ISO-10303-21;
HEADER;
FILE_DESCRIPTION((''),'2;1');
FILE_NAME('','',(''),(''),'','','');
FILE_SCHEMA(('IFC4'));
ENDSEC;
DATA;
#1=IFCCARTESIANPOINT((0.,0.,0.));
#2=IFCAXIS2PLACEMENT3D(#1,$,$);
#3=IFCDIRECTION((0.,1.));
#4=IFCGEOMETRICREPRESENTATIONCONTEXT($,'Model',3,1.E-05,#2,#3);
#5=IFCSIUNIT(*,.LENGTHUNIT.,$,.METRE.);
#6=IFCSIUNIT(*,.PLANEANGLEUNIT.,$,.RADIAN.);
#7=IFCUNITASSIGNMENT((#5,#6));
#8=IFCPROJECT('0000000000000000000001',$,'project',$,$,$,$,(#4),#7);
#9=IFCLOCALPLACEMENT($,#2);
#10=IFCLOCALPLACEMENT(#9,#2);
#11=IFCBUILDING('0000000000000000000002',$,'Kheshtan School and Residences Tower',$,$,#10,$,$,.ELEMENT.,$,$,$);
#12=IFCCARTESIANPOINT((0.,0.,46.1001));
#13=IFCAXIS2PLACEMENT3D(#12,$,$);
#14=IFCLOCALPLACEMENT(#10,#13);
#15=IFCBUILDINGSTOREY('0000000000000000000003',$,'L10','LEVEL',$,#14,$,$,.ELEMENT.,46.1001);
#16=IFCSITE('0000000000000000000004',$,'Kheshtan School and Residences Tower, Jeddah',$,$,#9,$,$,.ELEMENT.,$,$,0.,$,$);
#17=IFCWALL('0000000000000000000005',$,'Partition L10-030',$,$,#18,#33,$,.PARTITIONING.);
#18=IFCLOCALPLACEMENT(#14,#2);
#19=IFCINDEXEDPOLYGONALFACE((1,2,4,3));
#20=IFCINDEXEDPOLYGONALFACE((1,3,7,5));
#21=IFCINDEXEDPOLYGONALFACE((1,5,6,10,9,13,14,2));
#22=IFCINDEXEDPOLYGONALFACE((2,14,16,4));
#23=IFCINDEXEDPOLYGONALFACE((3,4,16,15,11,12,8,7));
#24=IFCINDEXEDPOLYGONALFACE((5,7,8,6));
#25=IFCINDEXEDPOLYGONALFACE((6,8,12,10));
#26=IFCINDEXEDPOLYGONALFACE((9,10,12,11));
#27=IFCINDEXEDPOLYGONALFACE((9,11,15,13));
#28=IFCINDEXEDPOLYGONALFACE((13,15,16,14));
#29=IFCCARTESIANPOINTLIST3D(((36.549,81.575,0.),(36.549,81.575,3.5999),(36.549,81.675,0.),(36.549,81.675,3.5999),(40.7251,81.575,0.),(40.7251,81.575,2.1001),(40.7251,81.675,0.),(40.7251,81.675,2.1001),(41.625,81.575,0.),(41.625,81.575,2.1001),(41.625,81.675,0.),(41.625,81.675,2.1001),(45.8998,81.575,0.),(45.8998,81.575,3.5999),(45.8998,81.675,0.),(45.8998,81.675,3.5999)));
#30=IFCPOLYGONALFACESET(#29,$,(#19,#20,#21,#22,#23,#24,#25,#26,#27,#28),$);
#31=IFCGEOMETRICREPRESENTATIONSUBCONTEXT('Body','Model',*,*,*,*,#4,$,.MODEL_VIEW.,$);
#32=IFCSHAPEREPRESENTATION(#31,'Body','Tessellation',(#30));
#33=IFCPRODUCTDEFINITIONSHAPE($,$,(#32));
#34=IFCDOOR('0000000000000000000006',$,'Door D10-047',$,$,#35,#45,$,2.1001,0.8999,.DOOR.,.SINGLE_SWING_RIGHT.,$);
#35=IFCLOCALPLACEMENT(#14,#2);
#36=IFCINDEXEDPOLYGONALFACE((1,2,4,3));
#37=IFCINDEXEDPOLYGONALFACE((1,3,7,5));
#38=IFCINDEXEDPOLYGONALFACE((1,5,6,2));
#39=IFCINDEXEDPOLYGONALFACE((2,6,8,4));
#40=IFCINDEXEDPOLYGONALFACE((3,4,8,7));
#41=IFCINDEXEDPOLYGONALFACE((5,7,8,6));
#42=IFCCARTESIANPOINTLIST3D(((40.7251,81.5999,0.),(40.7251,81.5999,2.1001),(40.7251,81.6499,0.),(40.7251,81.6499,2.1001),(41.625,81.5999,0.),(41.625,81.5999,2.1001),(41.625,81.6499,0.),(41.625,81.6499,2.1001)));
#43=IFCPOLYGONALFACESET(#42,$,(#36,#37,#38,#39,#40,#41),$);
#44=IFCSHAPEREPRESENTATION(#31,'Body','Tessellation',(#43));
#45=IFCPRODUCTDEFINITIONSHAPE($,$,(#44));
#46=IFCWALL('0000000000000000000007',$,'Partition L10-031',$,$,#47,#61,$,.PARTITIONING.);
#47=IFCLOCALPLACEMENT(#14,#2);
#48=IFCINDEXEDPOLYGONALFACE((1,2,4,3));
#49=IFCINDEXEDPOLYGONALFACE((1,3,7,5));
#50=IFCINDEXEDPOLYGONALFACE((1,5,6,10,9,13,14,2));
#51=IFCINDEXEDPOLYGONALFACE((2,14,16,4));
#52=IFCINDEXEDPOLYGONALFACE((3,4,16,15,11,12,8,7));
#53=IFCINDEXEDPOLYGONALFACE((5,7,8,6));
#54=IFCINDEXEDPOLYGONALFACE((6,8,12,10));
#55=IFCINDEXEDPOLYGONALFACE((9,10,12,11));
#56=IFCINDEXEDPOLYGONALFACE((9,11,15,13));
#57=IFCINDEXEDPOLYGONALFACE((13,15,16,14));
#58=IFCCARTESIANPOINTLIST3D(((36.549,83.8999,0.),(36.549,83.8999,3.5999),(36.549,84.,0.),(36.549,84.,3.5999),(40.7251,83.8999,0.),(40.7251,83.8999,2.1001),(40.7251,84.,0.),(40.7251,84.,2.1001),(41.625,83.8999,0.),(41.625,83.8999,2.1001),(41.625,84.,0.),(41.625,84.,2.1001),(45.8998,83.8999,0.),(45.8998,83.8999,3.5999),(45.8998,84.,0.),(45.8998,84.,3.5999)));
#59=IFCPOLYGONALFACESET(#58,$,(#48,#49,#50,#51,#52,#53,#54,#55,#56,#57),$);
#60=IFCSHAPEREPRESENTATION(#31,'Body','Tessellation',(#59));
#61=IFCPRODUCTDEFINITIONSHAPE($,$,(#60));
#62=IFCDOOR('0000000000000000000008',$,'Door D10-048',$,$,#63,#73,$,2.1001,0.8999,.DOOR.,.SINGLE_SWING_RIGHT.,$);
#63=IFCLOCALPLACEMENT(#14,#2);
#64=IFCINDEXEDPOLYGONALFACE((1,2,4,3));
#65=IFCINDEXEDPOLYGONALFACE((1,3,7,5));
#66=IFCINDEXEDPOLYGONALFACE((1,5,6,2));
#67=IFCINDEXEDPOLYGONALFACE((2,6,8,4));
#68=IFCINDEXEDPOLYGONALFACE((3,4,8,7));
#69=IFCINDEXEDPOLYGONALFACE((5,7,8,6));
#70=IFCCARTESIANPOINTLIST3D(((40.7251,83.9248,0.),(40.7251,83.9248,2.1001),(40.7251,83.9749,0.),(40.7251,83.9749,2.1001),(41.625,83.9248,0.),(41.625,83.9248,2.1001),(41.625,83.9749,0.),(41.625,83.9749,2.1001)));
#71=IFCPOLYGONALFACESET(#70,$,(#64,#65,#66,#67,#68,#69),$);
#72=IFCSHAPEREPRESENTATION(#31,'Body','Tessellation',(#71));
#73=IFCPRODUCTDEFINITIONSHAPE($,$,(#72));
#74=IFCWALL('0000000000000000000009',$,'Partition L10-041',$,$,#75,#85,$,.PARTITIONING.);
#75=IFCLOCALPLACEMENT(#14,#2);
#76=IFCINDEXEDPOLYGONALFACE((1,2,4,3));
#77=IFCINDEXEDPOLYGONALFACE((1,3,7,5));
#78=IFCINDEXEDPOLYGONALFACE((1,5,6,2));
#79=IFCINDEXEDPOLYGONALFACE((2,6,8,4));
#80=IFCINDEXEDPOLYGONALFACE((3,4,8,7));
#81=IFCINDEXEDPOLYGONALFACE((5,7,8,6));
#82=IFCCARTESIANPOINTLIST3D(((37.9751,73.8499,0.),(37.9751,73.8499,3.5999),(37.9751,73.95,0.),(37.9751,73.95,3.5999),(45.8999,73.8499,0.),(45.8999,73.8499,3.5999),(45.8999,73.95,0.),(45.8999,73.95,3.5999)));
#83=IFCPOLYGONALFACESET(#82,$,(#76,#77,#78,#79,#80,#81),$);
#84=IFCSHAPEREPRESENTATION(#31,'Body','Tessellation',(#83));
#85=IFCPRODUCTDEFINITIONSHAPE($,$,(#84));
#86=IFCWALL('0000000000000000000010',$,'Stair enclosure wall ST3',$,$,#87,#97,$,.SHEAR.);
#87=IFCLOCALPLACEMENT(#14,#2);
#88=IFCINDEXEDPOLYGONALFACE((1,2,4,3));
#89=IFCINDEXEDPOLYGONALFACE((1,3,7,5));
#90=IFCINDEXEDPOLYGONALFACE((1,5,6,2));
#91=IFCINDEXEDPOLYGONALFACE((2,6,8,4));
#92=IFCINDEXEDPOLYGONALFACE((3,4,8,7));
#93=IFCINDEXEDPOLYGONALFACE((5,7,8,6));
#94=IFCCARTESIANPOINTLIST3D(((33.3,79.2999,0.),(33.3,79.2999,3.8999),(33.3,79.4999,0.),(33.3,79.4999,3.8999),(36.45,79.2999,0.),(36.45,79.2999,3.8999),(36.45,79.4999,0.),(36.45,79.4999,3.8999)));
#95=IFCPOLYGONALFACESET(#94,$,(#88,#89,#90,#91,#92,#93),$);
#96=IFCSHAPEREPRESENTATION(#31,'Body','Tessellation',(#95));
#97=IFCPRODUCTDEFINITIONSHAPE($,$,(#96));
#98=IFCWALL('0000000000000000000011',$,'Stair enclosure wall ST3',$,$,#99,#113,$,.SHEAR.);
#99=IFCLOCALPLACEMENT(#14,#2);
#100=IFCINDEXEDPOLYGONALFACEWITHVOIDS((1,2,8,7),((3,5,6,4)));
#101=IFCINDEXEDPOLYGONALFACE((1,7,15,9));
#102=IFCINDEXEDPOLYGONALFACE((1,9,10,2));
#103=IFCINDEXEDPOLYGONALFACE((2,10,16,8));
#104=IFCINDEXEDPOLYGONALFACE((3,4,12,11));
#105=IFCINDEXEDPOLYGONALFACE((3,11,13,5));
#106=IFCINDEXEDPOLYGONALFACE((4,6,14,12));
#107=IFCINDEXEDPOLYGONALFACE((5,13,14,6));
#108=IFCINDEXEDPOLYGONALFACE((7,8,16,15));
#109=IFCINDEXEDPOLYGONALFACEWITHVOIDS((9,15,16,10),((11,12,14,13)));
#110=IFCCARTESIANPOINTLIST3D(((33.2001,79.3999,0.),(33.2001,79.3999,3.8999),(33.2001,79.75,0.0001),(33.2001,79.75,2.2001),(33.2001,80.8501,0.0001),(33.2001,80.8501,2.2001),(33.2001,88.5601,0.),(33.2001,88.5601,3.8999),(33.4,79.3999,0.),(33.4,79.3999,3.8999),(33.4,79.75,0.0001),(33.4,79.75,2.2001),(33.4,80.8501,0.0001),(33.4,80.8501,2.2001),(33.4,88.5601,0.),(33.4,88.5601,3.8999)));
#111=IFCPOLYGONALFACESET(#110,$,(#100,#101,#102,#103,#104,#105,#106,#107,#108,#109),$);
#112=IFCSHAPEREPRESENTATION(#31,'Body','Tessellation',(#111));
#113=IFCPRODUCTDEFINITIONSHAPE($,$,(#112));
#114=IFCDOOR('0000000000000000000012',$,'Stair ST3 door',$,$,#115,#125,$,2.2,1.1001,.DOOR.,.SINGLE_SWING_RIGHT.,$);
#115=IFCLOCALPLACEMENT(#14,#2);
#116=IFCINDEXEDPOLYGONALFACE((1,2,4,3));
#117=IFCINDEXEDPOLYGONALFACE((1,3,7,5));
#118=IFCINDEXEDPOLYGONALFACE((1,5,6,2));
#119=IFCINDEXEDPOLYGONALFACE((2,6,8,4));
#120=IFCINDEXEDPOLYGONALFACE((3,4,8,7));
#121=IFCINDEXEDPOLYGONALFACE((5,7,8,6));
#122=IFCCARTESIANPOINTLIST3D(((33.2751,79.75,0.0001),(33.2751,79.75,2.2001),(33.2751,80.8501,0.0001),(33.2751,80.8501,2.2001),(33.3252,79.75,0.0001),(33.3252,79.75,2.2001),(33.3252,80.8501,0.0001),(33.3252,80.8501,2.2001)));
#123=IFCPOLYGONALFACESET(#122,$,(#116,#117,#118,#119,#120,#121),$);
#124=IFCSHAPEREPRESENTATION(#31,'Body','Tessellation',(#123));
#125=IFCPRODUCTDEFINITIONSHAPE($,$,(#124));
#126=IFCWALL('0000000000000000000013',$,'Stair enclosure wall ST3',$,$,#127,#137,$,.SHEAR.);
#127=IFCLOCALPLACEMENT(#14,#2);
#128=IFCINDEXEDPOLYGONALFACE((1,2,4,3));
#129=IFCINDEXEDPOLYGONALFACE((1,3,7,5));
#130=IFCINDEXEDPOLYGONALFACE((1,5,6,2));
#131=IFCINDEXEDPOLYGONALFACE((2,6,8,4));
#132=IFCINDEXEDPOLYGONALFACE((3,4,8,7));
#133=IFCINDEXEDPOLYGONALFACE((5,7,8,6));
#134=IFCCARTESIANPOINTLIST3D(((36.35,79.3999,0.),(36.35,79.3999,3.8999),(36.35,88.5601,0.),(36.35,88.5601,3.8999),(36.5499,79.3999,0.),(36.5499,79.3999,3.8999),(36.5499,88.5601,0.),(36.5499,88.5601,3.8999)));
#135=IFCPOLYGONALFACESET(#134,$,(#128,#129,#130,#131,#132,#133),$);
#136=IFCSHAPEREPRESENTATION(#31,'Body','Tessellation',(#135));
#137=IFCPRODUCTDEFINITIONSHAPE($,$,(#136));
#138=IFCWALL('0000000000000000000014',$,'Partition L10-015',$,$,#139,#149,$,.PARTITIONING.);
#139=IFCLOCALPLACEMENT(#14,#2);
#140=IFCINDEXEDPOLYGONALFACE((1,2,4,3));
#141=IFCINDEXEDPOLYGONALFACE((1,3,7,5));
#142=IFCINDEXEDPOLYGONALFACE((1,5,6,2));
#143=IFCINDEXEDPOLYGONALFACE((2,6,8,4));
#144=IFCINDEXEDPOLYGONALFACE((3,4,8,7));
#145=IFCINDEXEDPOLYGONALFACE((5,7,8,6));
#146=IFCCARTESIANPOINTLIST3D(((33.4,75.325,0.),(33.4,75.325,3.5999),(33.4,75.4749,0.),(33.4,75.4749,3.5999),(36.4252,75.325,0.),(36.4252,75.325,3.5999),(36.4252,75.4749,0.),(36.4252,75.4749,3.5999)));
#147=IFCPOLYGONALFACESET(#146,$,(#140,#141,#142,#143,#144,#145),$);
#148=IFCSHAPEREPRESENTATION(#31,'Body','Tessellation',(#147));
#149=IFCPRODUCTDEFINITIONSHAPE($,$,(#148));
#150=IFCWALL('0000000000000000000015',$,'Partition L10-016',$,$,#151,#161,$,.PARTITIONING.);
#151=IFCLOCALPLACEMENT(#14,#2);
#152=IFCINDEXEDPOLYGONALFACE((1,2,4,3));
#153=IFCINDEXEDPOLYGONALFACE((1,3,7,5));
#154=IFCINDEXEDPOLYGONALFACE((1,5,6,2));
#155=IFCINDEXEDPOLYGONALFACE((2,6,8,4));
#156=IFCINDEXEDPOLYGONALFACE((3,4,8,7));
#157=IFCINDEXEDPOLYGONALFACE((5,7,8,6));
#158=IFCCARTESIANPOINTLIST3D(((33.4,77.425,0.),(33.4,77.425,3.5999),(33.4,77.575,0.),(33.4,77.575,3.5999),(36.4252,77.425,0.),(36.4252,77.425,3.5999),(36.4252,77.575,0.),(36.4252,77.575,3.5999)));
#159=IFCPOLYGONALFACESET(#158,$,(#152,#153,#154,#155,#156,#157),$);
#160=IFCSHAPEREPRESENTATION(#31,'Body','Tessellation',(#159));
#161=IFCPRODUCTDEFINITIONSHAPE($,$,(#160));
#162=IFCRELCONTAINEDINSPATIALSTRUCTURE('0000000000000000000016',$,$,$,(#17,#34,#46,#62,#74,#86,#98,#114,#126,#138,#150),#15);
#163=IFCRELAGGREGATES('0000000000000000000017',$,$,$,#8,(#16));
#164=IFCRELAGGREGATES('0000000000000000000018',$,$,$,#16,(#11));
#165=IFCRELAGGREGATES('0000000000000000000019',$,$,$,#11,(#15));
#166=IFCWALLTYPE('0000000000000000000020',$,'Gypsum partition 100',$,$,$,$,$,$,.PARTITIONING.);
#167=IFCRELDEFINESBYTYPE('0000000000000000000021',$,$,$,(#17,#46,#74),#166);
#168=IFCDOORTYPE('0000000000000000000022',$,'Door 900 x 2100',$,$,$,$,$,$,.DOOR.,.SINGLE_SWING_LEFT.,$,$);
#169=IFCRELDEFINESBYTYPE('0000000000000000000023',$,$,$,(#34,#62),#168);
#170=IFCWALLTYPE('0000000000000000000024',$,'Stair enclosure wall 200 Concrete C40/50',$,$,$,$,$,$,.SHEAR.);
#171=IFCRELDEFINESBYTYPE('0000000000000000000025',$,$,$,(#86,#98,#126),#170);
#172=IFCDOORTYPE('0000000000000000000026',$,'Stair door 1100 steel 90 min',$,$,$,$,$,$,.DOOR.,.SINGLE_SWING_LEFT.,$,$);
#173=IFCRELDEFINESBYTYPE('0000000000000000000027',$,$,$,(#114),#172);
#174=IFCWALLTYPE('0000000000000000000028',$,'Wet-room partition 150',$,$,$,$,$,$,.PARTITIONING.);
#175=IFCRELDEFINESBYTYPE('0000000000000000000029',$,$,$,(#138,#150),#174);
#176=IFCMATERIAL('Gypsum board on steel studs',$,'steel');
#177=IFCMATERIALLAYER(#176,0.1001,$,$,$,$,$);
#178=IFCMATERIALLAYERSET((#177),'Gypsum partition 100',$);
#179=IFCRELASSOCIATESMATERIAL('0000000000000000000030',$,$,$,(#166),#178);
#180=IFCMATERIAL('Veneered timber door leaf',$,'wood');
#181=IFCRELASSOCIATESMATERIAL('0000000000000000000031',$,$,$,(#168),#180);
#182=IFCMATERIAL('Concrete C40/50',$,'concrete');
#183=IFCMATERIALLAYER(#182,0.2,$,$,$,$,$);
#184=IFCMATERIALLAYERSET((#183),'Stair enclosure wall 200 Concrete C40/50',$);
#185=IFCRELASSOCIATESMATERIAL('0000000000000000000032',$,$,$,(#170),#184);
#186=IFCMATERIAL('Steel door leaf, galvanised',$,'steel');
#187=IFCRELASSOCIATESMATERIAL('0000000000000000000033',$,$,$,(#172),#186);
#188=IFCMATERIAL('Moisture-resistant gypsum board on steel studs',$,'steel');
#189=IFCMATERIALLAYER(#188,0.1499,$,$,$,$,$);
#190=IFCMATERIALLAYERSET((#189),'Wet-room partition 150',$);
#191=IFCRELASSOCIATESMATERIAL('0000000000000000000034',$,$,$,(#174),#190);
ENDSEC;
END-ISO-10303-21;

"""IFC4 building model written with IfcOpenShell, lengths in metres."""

from ifc_helpers import new_model, si_unit, direction, frame, frame_2d, origin, place, context, subcontext, project, spatial, rectangle, extrude, source, transform, mapped, material, layer, layer_set, type_object, element, fill, save


model = new_model("IFC4")

# Units and contexts
model_context = context("Model", 3, precision=1e-05, world=origin(), true_north=direction((0.0, 1.0)))
body_context = subcontext(model_context, "Body", "Model", "MODEL_VIEW")
ifc_project = project(units=[si_unit("LENGTHUNIT", "METRE"), si_unit("PLANEANGLEUNIT", "RADIAN")], contexts=[model_context])

# Site, building, storey
site_placement = place(None, origin())
site = spatial("IfcSite", under=ifc_project, at=site_placement, Name="Kheshtan School and Residences Tower, Jeddah", CompositionType="ELEMENT", RefElevation=0.0)
building_placement = place(site_placement, origin())
building = spatial("IfcBuilding", under=site, at=building_placement, Name="Kheshtan School and Residences Tower", CompositionType="ELEMENT")
storey_placement = place(building_placement, frame((0.0, 0.0, 46.1001)))
storey = spatial("IfcBuildingStorey", under=building, at=storey_placement, Name="L10", Description="LEVEL", CompositionType="ELEMENT", Elevation=46.1001)

# Shared definitions
ifc_material_1 = material(Name="Gypsum board on steel studs", Category="steel")
ifc_layer_1 = layer(ifc_material_1, 0.1001)
ifc_layer_set_1 = layer_set([ifc_layer_1], Name="Gypsum partition 100")
wall_type_1 = type_object("IfcWallType", Name="Gypsum partition 100", PredefinedType="PARTITIONING", material=ifc_layer_set_1)

# Walls, openings, doors
ifc_material_2 = material(Name="Veneered timber door leaf", Category="wood")
door_type_1 = type_object("IfcDoorType", Name="Door 900 x 2100", OperationType="SINGLE_SWING_LEFT", PredefinedType="DOOR", material=ifc_material_2)
shared_shape_1 = source(origin(), body_context, "Body", "SweptSolid", [
    extrude(rectangle(XDim=0.8999, YDim=2.1001, at=frame_2d((0.45, 1.05))), frame((0.0, 0.0249, 0.0), z_axis=(0.0, -1.0, 0.0), x_axis=(1.0, 0.0, 0.0)), (0.0, 0.0, 1.0), 0.05),
])
wall_1_placement = place(storey_placement, frame((36.5491, 81.625, 0.0), z_axis=(0.0, 0.0, 1.0), x_axis=(1.0, 0.0, 0.0)))
wall_1 = element("IfcWall", 1, at=wall_1_placement, inside=storey, type_object=wall_type_1, Name="Partition L10-030", PredefinedType="PARTITIONING", context=body_context, shape_type="SweptSolid", body=[
    extrude(rectangle(XDim=9.3508, YDim=0.1001, at=frame_2d((4.6753, 0.0))), origin(), (0.0, 0.0, 1.0), 3.5999),
])
opening_1_placement = place(wall_1_placement, frame((4.176, 0.0, 0.0)))
opening_1 = element("IfcOpeningElement", 2, at=opening_1_placement, cuts=wall_1, PredefinedType="OPENING", context=body_context, shape_type="SweptSolid", body=[
    extrude(rectangle(XDim=0.8999, YDim=2.1001, at=frame_2d((0.45, 1.05))), frame((0.0, 0.0601, 0.0), z_axis=(0.0, -1.0, 0.0), x_axis=(1.0, 0.0, 0.0)), (0.0, 0.0, 1.0), 0.1201),
])
door_1_placement = place(opening_1_placement, origin())
door_1 = element("IfcDoor", 3, at=door_1_placement, inside=storey, type_object=door_type_1, Name="Door D10-047", OperationType="SINGLE_SWING_RIGHT", OverallHeight=2.1001, OverallWidth=0.8999, PredefinedType="DOOR", context=body_context, shape_type="MappedRepresentation", body=[
    mapped(shared_shape_1, transform((0.0, 0.0, 0.0), x_axis=(1.0, 0.0, 0.0), y_axis=(0.0, 1.0, 0.0), z_axis=(0.0, 0.0, 1.0), scale=1.0)),
])
fill(opening_1, door_1)
wall_2_placement = place(storey_placement, frame((36.5491, 83.95, 0.0), z_axis=(0.0, 0.0, 1.0), x_axis=(1.0, 0.0, 0.0)))
wall_2 = element("IfcWall", 4, at=wall_2_placement, inside=storey, type_object=wall_type_1, Name="Partition L10-031", PredefinedType="PARTITIONING", context=body_context, shape_type="SweptSolid", body=[
    extrude(rectangle(XDim=9.3508, YDim=0.1001, at=frame_2d((4.6753, 0.0))), origin(), (0.0, 0.0, 1.0), 3.5999),
])
opening_2_placement = place(wall_2_placement, frame((4.176, 0.0, 0.0)))
opening_2 = element("IfcOpeningElement", 5, at=opening_2_placement, cuts=wall_2, PredefinedType="OPENING", context=body_context, shape_type="SweptSolid", body=[
    extrude(rectangle(XDim=0.8999, YDim=2.1001, at=frame_2d((0.45, 1.05))), frame((0.0, 0.0601, 0.0), z_axis=(0.0, -1.0, 0.0), x_axis=(1.0, 0.0, 0.0)), (0.0, 0.0, 1.0), 0.1201),
])
door_2_placement = place(opening_2_placement, origin())
door_2 = element("IfcDoor", 6, at=door_2_placement, inside=storey, type_object=door_type_1, Name="Door D10-048", OperationType="SINGLE_SWING_RIGHT", OverallHeight=2.1001, OverallWidth=0.8999, PredefinedType="DOOR", context=body_context, shape_type="MappedRepresentation", body=[
    mapped(shared_shape_1, transform((0.0, 0.0, 0.0), x_axis=(1.0, 0.0, 0.0), y_axis=(0.0, 1.0, 0.0), z_axis=(0.0, 0.0, 1.0), scale=1.0)),
])
fill(opening_2, door_2)

# Walls
wall_3_placement = place(storey_placement, frame((37.9751, 73.8999, 0.0), z_axis=(0.0, 0.0, 1.0), x_axis=(1.0, 0.0, 0.0)))
element("IfcWall", 7, at=wall_3_placement, inside=storey, type_object=wall_type_1, Name="Partition L10-041", PredefinedType="PARTITIONING", context=body_context, shape_type="SweptSolid", body=[
    extrude(rectangle(XDim=7.9248, YDim=0.1001, at=frame_2d((3.9624, 0.0))), origin(), (0.0, 0.0, 1.0), 3.5999),
])
ifc_material_3 = material(Name="Concrete C40/50", Category="concrete")
ifc_layer_2 = layer(ifc_material_3, 0.2)
ifc_layer_set_2 = layer_set([ifc_layer_2], Name="Stair enclosure wall 200 Concrete C40/50")
wall_type_2 = type_object("IfcWallType", Name="Stair enclosure wall 200 Concrete C40/50", PredefinedType="SHEAR", material=ifc_layer_set_2)
wall_4_placement = place(storey_placement, frame((33.3, 79.3999, 0.0), z_axis=(0.0, 0.0, 1.0), x_axis=(1.0, 0.0, 0.0)))
element("IfcWall", 8, at=wall_4_placement, inside=storey, type_object=wall_type_2, Name="Stair enclosure wall ST3", PredefinedType="SHEAR", context=body_context, shape_type="SweptSolid", body=[
    extrude(rectangle(XDim=3.1499, YDim=0.2, at=frame_2d((1.575, 0.0))), origin(), (0.0, 0.0, 1.0), 3.8999),
])

# Wall, opening, door
wall_5_placement = place(storey_placement, frame((33.3, 79.3999, 0.0), z_axis=(0.0, 0.0, 1.0), x_axis=(0.0, 1.0, 0.0)))
wall_5 = element("IfcWall", 9, at=wall_5_placement, inside=storey, type_object=wall_type_2, Name="Stair enclosure wall ST3", PredefinedType="SHEAR", context=body_context, shape_type="SweptSolid", body=[
    extrude(rectangle(XDim=9.1602, YDim=0.2, at=frame_2d((4.5801, 0.0))), origin(), (0.0, 0.0, 1.0), 3.8999),
])
opening_3_placement = place(wall_5_placement, frame((0.3501, 0.0, 0.0)))
opening_3 = element("IfcOpeningElement", 10, at=opening_3_placement, cuts=wall_5, PredefinedType="OPENING", context=body_context, shape_type="SweptSolid", body=[
    extrude(rectangle(XDim=1.1001, YDim=2.2, at=frame_2d((0.55, 1.1001))), frame((0.0, 0.1099, 0.0), z_axis=(0.0, -1.0, 0.0), x_axis=(1.0, 0.0, 0.0)), (0.0, 0.0, 1.0), 0.22),
])
ifc_material_4 = material(Name="Steel door leaf, galvanised", Category="steel")
door_type_2 = type_object("IfcDoorType", Name="Stair door 1100 steel 90 min", OperationType="SINGLE_SWING_LEFT", PredefinedType="DOOR", material=ifc_material_4)
shared_shape_2 = source(origin(), body_context, "Body", "SweptSolid", [
    extrude(rectangle(XDim=1.1001, YDim=2.2, at=frame_2d((0.55, 1.1001))), frame((0.0, 0.0249, 0.0), z_axis=(0.0, -1.0, 0.0), x_axis=(1.0, 0.0, 0.0)), (0.0, 0.0, 1.0), 0.05),
])
door_3_placement = place(opening_3_placement, origin())
door_3 = element("IfcDoor", 11, at=door_3_placement, inside=storey, type_object=door_type_2, Name="Stair ST3 door", OperationType="SINGLE_SWING_RIGHT", OverallHeight=2.2, OverallWidth=1.1001, PredefinedType="DOOR", context=body_context, shape_type="MappedRepresentation", body=[
    mapped(shared_shape_2, transform((0.0, 0.0, 0.0), x_axis=(1.0, 0.0, 0.0), y_axis=(0.0, 1.0, 0.0), z_axis=(0.0, 0.0, 1.0), scale=1.0)),
])
fill(opening_3, door_3)

# Walls
wall_6_placement = place(storey_placement, frame((36.45, 79.3999, 0.0), z_axis=(0.0, 0.0, 1.0), x_axis=(0.0, 1.0, 0.0)))
element("IfcWall", 12, at=wall_6_placement, inside=storey, type_object=wall_type_2, Name="Stair enclosure wall ST3", PredefinedType="SHEAR", context=body_context, shape_type="SweptSolid", body=[
    extrude(rectangle(XDim=9.1602, YDim=0.2, at=frame_2d((4.5801, 0.0))), origin(), (0.0, 0.0, 1.0), 3.8999),
])
ifc_material_5 = material(Name="Moisture-resistant gypsum board on steel studs", Category="steel")
ifc_layer_3 = layer(ifc_material_5, 0.1499)
ifc_layer_set_3 = layer_set([ifc_layer_3], Name="Wet-room partition 150")
wall_type_3 = type_object("IfcWallType", Name="Wet-room partition 150", PredefinedType="PARTITIONING", material=ifc_layer_set_3)
for number, where, z_axis, x_axis, name in (
    (13, (33.3999, 75.3999, 0.0), (0.0, 0.0, 1.0), (1.0, 0.0, 0.0), "Partition L10-015"),
    (14, (33.3999, 77.5, 0.0), (0.0, 0.0, 1.0), (1.0, 0.0, 0.0), "Partition L10-016"),
):
    element("IfcWall", number, at=place(storey_placement, frame(where, z_axis=z_axis, x_axis=x_axis)), inside=storey, type_object=wall_type_3, Name=name, PredefinedType="PARTITIONING", context=body_context, shape_type="SweptSolid", body=[
        extrude(rectangle(XDim=3.0251, YDim=0.1499, at=frame_2d((1.5127, 0.0))), origin(), (0.0, 0.0, 1.0), 3.5999),
    ])

save(model, "model.ifc")
